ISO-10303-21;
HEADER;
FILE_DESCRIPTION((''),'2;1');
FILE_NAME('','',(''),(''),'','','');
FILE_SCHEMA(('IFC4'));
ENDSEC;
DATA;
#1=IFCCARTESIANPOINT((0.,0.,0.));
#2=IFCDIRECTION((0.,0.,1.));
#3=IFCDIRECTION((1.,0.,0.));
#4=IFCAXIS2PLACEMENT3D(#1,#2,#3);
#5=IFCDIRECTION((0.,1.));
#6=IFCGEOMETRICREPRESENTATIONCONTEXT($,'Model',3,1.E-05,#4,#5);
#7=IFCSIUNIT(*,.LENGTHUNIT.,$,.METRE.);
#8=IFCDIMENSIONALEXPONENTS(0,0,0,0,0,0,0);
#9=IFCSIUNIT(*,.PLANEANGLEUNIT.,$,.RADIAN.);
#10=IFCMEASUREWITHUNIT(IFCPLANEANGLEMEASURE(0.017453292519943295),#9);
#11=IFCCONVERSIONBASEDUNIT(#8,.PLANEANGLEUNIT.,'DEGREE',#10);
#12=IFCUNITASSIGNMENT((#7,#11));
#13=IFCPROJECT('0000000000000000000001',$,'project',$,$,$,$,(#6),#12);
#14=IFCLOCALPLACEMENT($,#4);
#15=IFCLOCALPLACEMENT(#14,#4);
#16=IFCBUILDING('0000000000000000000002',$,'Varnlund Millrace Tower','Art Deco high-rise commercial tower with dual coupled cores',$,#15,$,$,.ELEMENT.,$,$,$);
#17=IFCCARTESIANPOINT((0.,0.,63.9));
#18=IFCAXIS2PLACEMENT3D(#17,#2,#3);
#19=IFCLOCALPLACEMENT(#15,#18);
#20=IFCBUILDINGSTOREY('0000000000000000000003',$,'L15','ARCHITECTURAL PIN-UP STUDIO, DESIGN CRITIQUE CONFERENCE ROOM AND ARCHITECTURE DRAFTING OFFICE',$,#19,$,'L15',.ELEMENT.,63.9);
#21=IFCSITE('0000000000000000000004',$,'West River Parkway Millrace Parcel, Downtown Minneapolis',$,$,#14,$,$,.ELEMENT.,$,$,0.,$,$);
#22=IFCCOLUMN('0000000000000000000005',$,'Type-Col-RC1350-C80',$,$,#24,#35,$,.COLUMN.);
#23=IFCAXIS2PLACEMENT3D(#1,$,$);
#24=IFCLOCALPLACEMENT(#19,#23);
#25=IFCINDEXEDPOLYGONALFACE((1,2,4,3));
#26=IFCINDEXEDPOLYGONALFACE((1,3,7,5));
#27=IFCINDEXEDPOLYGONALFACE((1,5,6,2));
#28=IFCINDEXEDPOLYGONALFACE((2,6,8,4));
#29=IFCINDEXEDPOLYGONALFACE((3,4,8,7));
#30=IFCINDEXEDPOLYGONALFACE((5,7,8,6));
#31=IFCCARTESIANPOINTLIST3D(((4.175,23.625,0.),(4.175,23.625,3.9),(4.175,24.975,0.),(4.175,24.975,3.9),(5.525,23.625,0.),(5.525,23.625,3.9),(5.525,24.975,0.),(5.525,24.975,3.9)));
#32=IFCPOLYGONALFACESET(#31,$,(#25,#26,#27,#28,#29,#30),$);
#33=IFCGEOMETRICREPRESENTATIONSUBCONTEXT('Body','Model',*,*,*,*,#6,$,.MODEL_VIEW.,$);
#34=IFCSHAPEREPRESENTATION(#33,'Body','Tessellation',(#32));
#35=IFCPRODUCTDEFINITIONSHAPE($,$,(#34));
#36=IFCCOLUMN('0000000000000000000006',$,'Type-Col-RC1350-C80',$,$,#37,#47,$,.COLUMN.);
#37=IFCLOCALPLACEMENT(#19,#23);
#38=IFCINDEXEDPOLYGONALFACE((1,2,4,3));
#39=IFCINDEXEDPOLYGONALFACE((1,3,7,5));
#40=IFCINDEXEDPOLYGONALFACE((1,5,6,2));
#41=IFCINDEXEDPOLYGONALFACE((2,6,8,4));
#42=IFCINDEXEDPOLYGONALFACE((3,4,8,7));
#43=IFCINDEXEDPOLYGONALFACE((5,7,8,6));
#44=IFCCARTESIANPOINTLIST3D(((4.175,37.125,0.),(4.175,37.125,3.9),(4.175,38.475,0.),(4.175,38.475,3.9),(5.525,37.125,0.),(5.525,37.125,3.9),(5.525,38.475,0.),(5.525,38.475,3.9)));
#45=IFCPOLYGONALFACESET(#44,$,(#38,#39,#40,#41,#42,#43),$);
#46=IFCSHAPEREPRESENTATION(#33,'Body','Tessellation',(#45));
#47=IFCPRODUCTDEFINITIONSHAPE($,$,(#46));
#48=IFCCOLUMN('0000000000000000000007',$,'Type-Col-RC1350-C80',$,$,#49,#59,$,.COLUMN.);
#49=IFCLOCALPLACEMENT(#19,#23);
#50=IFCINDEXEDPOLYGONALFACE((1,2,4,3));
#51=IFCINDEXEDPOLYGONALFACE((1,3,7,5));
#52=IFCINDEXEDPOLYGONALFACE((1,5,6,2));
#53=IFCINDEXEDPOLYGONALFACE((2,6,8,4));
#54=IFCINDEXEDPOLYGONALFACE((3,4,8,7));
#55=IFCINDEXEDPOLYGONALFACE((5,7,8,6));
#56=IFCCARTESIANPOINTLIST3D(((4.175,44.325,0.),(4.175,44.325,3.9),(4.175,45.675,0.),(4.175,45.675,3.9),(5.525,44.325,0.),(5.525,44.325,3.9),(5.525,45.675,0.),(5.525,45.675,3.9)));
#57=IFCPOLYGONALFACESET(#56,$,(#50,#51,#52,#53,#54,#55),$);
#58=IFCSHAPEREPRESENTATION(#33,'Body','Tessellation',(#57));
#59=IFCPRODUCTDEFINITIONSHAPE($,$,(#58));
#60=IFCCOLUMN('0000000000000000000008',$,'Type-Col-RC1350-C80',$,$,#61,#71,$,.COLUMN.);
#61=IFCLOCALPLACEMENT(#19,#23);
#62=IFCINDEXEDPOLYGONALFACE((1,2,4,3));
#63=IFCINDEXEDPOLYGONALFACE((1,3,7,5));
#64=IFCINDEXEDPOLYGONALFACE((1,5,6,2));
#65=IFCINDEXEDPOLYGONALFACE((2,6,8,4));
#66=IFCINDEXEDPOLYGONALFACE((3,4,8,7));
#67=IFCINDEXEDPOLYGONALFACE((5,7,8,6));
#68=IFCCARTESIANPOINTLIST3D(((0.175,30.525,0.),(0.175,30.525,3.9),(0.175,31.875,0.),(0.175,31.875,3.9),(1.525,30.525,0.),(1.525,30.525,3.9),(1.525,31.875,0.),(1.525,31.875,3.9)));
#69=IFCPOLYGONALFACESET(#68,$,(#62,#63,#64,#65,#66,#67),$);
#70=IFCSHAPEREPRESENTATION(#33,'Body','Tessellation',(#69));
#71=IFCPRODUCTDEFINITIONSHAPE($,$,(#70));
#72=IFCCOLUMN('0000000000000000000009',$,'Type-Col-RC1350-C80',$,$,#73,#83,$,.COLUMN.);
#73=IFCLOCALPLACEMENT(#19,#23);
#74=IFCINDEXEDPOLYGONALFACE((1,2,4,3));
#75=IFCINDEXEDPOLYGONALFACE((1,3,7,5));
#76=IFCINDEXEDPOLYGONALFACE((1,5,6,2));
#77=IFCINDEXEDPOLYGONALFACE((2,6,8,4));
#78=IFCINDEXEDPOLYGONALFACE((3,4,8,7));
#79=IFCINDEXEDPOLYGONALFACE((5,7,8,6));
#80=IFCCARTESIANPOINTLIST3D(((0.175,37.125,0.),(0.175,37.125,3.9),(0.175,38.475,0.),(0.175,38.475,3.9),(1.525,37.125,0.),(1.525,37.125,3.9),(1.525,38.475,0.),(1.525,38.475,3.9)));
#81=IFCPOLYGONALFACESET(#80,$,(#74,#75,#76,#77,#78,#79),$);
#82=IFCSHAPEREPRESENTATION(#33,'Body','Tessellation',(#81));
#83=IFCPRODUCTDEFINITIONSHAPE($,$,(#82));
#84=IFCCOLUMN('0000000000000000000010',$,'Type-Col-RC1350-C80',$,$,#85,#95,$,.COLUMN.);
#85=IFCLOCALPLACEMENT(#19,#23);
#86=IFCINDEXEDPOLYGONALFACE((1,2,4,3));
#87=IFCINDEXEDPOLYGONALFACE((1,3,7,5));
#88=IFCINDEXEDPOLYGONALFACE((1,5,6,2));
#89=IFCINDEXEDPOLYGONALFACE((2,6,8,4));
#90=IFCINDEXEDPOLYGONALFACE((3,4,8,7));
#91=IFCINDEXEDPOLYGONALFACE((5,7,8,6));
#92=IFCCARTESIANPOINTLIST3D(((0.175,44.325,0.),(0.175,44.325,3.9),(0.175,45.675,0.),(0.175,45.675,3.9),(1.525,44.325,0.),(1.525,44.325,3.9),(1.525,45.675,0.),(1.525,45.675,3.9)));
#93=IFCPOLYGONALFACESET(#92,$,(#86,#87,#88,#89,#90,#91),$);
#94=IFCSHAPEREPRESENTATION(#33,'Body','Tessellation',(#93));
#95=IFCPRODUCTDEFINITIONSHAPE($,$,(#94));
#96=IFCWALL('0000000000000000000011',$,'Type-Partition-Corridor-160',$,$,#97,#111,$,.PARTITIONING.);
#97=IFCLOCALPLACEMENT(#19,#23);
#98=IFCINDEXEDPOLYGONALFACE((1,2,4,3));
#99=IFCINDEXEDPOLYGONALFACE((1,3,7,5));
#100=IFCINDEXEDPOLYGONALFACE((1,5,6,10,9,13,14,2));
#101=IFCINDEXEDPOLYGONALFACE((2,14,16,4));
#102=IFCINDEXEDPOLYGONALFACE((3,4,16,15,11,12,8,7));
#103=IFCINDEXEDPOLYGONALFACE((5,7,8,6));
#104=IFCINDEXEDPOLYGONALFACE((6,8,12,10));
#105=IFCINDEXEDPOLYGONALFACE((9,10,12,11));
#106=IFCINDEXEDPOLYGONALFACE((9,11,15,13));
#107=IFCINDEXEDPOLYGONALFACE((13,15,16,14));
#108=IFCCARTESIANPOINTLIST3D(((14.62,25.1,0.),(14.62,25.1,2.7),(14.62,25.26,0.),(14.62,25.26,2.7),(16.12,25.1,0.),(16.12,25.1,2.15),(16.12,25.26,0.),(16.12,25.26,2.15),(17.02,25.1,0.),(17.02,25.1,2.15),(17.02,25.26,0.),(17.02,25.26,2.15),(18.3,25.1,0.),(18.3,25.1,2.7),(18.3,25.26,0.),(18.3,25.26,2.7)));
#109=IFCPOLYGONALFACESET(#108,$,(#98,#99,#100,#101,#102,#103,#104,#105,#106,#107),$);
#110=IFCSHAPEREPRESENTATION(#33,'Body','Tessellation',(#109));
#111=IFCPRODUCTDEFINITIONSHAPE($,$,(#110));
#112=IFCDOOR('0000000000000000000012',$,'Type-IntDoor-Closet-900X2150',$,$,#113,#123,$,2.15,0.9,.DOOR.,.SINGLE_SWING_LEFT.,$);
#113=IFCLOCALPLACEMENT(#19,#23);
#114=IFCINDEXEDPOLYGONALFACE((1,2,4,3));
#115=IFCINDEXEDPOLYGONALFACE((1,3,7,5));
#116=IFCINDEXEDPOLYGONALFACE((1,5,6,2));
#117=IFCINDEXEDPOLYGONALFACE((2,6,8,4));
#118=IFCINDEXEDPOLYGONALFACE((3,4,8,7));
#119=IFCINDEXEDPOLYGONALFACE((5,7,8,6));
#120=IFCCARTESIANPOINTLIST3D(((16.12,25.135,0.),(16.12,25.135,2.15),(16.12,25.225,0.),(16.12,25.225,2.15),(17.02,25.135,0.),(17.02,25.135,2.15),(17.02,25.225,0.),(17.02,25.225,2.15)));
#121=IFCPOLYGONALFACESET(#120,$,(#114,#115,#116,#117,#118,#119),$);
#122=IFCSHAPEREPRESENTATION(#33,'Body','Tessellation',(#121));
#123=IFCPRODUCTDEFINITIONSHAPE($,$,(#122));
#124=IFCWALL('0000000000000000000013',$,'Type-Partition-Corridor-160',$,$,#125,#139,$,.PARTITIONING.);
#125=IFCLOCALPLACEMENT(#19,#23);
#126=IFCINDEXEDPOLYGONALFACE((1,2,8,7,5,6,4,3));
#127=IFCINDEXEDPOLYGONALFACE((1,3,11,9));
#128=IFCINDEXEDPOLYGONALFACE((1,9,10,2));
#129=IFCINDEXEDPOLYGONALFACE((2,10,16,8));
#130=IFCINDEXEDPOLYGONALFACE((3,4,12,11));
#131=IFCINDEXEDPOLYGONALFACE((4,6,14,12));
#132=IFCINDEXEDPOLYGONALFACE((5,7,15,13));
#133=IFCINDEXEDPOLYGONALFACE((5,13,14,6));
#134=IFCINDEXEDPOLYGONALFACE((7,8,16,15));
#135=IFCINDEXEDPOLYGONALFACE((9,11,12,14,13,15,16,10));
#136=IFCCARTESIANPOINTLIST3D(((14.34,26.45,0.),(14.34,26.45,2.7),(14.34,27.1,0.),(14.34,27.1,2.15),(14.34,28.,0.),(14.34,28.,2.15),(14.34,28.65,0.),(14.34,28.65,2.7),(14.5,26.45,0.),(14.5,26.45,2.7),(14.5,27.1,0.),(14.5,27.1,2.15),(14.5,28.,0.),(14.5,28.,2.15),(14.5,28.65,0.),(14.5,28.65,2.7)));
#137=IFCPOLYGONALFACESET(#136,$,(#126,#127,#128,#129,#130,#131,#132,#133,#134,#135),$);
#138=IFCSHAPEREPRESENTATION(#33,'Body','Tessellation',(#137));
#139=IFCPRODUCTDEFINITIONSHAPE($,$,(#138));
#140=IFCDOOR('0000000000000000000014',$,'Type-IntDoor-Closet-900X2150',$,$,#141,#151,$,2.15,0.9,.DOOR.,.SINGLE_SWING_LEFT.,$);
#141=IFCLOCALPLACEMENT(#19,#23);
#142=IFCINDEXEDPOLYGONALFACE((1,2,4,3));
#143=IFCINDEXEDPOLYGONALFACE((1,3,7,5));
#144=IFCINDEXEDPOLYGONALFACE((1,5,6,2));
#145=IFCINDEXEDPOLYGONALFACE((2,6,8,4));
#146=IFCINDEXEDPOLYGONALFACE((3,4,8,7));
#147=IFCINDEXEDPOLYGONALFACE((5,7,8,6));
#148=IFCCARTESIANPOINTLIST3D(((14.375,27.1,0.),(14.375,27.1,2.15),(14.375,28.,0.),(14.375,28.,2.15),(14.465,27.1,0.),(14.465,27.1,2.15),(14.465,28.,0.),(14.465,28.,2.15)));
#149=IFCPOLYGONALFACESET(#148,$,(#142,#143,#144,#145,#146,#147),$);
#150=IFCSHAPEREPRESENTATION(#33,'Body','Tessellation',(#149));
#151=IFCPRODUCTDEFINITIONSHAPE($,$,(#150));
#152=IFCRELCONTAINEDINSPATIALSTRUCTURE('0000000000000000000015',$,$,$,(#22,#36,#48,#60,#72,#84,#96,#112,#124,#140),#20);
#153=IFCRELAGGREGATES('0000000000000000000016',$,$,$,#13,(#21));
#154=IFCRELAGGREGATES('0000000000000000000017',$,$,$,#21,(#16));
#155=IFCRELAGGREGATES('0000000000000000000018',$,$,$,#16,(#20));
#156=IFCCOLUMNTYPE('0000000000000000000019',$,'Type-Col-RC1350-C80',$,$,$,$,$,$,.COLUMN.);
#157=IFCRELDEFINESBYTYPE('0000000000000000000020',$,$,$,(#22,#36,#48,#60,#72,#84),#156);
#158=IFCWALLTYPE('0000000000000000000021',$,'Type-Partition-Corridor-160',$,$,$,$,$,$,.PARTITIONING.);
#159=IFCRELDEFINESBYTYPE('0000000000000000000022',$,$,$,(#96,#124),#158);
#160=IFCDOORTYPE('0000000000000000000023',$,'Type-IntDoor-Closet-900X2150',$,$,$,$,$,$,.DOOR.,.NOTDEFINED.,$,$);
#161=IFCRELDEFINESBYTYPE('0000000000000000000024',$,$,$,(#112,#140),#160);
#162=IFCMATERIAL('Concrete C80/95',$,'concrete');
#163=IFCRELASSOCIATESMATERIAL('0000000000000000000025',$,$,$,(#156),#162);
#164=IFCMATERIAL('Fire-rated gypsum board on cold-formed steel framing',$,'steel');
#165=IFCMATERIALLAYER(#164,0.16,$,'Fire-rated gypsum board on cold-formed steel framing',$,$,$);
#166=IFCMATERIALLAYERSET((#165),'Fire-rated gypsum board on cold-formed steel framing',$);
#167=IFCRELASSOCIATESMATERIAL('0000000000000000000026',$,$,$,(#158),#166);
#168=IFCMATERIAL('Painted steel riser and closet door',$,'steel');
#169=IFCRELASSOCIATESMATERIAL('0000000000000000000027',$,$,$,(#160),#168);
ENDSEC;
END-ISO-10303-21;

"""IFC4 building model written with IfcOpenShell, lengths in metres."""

from ifc_helpers import new_model, entity, si_unit, converted_unit, direction, frame, origin_with_axes, origin_2d_with_axis, place, context, subcontext, project, spatial, polyline, rectangle, outline, extrude, material, layer, layer_set, material_profile, profile_set, type_object, element, fill, save


model = new_model("IFC4")

# Units and contexts
model_context = context("Model", 3, precision=1e-05, world=origin_with_axes(), true_north=direction((0.0, 1.0)))
body_context = subcontext(model_context, "Body", "Model", "MODEL_VIEW")
ifc_project = project(units=[si_unit("LENGTHUNIT", "METRE"), converted_unit("PLANEANGLEUNIT", "DEGREE", entity("IfcPlaneAngleMeasure", 0.017453292519943295), si_unit("PLANEANGLEUNIT", "RADIAN"), dimensions=[0, 0, 0, 0, 0, 0, 0])], contexts=[model_context])

# Site, building, storey
site_placement = place(None, origin_with_axes())
site = spatial("IfcSite", under=ifc_project, at=site_placement, Name="West River Parkway Millrace Parcel, Downtown Minneapolis", CompositionType="ELEMENT", RefElevation=0.0)
building_placement = place(site_placement, origin_with_axes())
building = spatial("IfcBuilding", under=site, at=building_placement, Name="Varnlund Millrace Tower", Description="Art Deco high-rise commercial tower with dual coupled cores", CompositionType="ELEMENT")
storey_placement = place(building_placement, frame((0.0, 0.0, 63.9), z_axis=(0.0, 0.0, 1.0), x_axis=(1.0, 0.0, 0.0)))
storey = spatial("IfcBuildingStorey", under=building, at=storey_placement, Name="L15", Description="ARCHITECTURAL PIN-UP STUDIO, DESIGN CRITIQUE CONFERENCE ROOM AND ARCHITECTURE DRAFTING OFFICE", LongName="L15", CompositionType="ELEMENT", Elevation=63.9)

# Columns
ifc_material_1 = material(Name="Concrete C80/95", Category="concrete")
ifc_material_profile = material_profile(ifc_material_1, rectangle(XDim=1.35, YDim=1.35, at=origin_2d_with_axis()), Name="Concrete C80/95")
ifc_profile_set = profile_set([ifc_material_profile], Name="Concrete C80/95")
column_type = type_object("IfcColumnType", Name="Type-Col-RC1350-C80", PredefinedType="COLUMN", material=ifc_profile_set)
for number, where, z_axis, x_axis, name in (
    (1, (4.85, 24.3, 0.0), (0.0, 0.0, 1.0), (1.0, 0.0, 0.0), "Type-Col-RC1350-C80"),
    (2, (4.85, 37.8, 0.0), (0.0, 0.0, 1.0), (1.0, 0.0, 0.0), "Type-Col-RC1350-C80"),
    (3, (4.85, 45.0, 0.0), (0.0, 0.0, 1.0), (1.0, 0.0, 0.0), "Type-Col-RC1350-C80"),
    (4, (0.85, 31.2, 0.0), (0.0, 0.0, 1.0), (1.0, 0.0, 0.0), "Type-Col-RC1350-C80"),
    (5, (0.85, 37.8, 0.0), (0.0, 0.0, 1.0), (1.0, 0.0, 0.0), "Type-Col-RC1350-C80"),
    (6, (0.85, 45.0, 0.0), (0.0, 0.0, 1.0), (1.0, 0.0, 0.0), "Type-Col-RC1350-C80"),
):
    element("IfcColumn", number, at=place(storey_placement, frame(where, z_axis=z_axis, x_axis=x_axis)), inside=storey, type_object=column_type, Name=name, PredefinedType="COLUMN", context=body_context, shape_type="SweptSolid", body=[
        extrude(rectangle(XDim=1.35, YDim=1.35, at=origin_2d_with_axis()), origin_with_axes(), (0.0, 0.0, 1.0), 3.9),
    ])

# Walls, openings, doors
ifc_material_2 = material(Name="Fire-rated gypsum board on cold-formed steel framing", Category="steel")
ifc_layer_1 = layer(ifc_material_2, 0.16, Name="Fire-rated gypsum board on cold-formed steel framing")
ifc_layer_set_1 = layer_set([ifc_layer_1], Name="Fire-rated gypsum board on cold-formed steel framing")
wall_type_1 = type_object("IfcWallType", Name="Type-Partition-Corridor-160", PredefinedType="PARTITIONING", material=ifc_layer_set_1)
wall_1_placement = place(storey_placement, frame((14.62, 25.18, 0.0), z_axis=(0.0, 0.0, 1.0), x_axis=(1.0, 0.0, 0.0)))
wall_1 = element("IfcWall", 7, at=wall_1_placement, inside=storey, type_object=wall_type_1, Name="Type-Partition-Corridor-160", PredefinedType="PARTITIONING", context=body_context, shape_type="SweptSolid", body=[
    extrude(outline(polyline([(0.0, -0.08), (3.68, -0.08), (3.68, 0.08), (0.0, 0.08), (0.0, -0.08)])), origin_with_axes(), (0.0, 0.0, 1.0), 2.7),
])
opening_1_placement = place(wall_1_placement, frame((1.95, 0.0, 0.0), z_axis=(0.0, 0.0, 1.0), x_axis=(1.0, 0.0, 0.0)))
opening_1 = element("IfcOpeningElement", 8, at=opening_1_placement, cuts=wall_1, PredefinedType="OPENING", context=body_context, shape_type="SweptSolid", body=[
    extrude(rectangle(XDim=0.9, YDim=0.18, at=origin_2d_with_axis()), origin_with_axes(), (0.0, 0.0, 1.0), 2.15),
])
ifc_material_3 = material(Name="Painted steel riser and closet door", Category="steel")
door_type_1 = type_object("IfcDoorType", Name="Type-IntDoor-Closet-900X2150", OperationType="NOTDEFINED", PredefinedType="DOOR", material=ifc_material_3)
door_1_placement = place(wall_1_placement, frame((1.95, 0.0, 0.0), z_axis=(0.0, 0.0, 1.0), x_axis=(1.0, 0.0, 0.0)))
door_1 = element("IfcDoor", 9, at=door_1_placement, inside=storey, type_object=door_type_1, Name="Type-IntDoor-Closet-900X2150", OperationType="SINGLE_SWING_LEFT", OverallHeight=2.15, OverallWidth=0.9, PredefinedType="DOOR", context=body_context, shape_type="SweptSolid", body=[
    extrude(rectangle(XDim=0.9, YDim=0.09, at=origin_2d_with_axis()), origin_with_axes(), (0.0, 0.0, 1.0), 2.15),
])
fill(opening_1, door_1)
wall_2_placement = place(storey_placement, frame((14.42, 26.45, 0.0), z_axis=(0.0, 0.0, 1.0), x_axis=(0.0, 1.0, 0.0)))
wall_2 = element("IfcWall", 10, at=wall_2_placement, inside=storey, type_object=wall_type_1, Name="Type-Partition-Corridor-160", PredefinedType="PARTITIONING", context=body_context, shape_type="SweptSolid", body=[
    extrude(outline(polyline([(0.0, -0.08), (2.2, -0.08), (2.2, 0.08), (0.0, 0.08), (0.0, -0.08)])), origin_with_axes(), (0.0, 0.0, 1.0), 2.7),
])
opening_2_placement = place(wall_2_placement, frame((1.1, 0.0, 0.0), z_axis=(0.0, 0.0, 1.0), x_axis=(1.0, 0.0, 0.0)))
opening_2 = element("IfcOpeningElement", 11, at=opening_2_placement, cuts=wall_2, PredefinedType="OPENING", context=body_context, shape_type="SweptSolid", body=[
    extrude(rectangle(XDim=0.9, YDim=0.18, at=origin_2d_with_axis()), origin_with_axes(), (0.0, 0.0, 1.0), 2.15),
])
door_2_placement = place(wall_2_placement, frame((1.1, 0.0, 0.0), z_axis=(0.0, 0.0, 1.0), x_axis=(1.0, 0.0, 0.0)))
door_2 = element("IfcDoor", 12, at=door_2_placement, inside=storey, type_object=door_type_1, Name="Type-IntDoor-Closet-900X2150", OperationType="SINGLE_SWING_LEFT", OverallHeight=2.15, OverallWidth=0.9, PredefinedType="DOOR", context=body_context, shape_type="SweptSolid", body=[
    extrude(rectangle(XDim=0.9, YDim=0.09, at=origin_2d_with_axis()), origin_with_axes(), (0.0, 0.0, 1.0), 2.15),
])
fill(opening_2, door_2)

save(model, "model.ifc")
